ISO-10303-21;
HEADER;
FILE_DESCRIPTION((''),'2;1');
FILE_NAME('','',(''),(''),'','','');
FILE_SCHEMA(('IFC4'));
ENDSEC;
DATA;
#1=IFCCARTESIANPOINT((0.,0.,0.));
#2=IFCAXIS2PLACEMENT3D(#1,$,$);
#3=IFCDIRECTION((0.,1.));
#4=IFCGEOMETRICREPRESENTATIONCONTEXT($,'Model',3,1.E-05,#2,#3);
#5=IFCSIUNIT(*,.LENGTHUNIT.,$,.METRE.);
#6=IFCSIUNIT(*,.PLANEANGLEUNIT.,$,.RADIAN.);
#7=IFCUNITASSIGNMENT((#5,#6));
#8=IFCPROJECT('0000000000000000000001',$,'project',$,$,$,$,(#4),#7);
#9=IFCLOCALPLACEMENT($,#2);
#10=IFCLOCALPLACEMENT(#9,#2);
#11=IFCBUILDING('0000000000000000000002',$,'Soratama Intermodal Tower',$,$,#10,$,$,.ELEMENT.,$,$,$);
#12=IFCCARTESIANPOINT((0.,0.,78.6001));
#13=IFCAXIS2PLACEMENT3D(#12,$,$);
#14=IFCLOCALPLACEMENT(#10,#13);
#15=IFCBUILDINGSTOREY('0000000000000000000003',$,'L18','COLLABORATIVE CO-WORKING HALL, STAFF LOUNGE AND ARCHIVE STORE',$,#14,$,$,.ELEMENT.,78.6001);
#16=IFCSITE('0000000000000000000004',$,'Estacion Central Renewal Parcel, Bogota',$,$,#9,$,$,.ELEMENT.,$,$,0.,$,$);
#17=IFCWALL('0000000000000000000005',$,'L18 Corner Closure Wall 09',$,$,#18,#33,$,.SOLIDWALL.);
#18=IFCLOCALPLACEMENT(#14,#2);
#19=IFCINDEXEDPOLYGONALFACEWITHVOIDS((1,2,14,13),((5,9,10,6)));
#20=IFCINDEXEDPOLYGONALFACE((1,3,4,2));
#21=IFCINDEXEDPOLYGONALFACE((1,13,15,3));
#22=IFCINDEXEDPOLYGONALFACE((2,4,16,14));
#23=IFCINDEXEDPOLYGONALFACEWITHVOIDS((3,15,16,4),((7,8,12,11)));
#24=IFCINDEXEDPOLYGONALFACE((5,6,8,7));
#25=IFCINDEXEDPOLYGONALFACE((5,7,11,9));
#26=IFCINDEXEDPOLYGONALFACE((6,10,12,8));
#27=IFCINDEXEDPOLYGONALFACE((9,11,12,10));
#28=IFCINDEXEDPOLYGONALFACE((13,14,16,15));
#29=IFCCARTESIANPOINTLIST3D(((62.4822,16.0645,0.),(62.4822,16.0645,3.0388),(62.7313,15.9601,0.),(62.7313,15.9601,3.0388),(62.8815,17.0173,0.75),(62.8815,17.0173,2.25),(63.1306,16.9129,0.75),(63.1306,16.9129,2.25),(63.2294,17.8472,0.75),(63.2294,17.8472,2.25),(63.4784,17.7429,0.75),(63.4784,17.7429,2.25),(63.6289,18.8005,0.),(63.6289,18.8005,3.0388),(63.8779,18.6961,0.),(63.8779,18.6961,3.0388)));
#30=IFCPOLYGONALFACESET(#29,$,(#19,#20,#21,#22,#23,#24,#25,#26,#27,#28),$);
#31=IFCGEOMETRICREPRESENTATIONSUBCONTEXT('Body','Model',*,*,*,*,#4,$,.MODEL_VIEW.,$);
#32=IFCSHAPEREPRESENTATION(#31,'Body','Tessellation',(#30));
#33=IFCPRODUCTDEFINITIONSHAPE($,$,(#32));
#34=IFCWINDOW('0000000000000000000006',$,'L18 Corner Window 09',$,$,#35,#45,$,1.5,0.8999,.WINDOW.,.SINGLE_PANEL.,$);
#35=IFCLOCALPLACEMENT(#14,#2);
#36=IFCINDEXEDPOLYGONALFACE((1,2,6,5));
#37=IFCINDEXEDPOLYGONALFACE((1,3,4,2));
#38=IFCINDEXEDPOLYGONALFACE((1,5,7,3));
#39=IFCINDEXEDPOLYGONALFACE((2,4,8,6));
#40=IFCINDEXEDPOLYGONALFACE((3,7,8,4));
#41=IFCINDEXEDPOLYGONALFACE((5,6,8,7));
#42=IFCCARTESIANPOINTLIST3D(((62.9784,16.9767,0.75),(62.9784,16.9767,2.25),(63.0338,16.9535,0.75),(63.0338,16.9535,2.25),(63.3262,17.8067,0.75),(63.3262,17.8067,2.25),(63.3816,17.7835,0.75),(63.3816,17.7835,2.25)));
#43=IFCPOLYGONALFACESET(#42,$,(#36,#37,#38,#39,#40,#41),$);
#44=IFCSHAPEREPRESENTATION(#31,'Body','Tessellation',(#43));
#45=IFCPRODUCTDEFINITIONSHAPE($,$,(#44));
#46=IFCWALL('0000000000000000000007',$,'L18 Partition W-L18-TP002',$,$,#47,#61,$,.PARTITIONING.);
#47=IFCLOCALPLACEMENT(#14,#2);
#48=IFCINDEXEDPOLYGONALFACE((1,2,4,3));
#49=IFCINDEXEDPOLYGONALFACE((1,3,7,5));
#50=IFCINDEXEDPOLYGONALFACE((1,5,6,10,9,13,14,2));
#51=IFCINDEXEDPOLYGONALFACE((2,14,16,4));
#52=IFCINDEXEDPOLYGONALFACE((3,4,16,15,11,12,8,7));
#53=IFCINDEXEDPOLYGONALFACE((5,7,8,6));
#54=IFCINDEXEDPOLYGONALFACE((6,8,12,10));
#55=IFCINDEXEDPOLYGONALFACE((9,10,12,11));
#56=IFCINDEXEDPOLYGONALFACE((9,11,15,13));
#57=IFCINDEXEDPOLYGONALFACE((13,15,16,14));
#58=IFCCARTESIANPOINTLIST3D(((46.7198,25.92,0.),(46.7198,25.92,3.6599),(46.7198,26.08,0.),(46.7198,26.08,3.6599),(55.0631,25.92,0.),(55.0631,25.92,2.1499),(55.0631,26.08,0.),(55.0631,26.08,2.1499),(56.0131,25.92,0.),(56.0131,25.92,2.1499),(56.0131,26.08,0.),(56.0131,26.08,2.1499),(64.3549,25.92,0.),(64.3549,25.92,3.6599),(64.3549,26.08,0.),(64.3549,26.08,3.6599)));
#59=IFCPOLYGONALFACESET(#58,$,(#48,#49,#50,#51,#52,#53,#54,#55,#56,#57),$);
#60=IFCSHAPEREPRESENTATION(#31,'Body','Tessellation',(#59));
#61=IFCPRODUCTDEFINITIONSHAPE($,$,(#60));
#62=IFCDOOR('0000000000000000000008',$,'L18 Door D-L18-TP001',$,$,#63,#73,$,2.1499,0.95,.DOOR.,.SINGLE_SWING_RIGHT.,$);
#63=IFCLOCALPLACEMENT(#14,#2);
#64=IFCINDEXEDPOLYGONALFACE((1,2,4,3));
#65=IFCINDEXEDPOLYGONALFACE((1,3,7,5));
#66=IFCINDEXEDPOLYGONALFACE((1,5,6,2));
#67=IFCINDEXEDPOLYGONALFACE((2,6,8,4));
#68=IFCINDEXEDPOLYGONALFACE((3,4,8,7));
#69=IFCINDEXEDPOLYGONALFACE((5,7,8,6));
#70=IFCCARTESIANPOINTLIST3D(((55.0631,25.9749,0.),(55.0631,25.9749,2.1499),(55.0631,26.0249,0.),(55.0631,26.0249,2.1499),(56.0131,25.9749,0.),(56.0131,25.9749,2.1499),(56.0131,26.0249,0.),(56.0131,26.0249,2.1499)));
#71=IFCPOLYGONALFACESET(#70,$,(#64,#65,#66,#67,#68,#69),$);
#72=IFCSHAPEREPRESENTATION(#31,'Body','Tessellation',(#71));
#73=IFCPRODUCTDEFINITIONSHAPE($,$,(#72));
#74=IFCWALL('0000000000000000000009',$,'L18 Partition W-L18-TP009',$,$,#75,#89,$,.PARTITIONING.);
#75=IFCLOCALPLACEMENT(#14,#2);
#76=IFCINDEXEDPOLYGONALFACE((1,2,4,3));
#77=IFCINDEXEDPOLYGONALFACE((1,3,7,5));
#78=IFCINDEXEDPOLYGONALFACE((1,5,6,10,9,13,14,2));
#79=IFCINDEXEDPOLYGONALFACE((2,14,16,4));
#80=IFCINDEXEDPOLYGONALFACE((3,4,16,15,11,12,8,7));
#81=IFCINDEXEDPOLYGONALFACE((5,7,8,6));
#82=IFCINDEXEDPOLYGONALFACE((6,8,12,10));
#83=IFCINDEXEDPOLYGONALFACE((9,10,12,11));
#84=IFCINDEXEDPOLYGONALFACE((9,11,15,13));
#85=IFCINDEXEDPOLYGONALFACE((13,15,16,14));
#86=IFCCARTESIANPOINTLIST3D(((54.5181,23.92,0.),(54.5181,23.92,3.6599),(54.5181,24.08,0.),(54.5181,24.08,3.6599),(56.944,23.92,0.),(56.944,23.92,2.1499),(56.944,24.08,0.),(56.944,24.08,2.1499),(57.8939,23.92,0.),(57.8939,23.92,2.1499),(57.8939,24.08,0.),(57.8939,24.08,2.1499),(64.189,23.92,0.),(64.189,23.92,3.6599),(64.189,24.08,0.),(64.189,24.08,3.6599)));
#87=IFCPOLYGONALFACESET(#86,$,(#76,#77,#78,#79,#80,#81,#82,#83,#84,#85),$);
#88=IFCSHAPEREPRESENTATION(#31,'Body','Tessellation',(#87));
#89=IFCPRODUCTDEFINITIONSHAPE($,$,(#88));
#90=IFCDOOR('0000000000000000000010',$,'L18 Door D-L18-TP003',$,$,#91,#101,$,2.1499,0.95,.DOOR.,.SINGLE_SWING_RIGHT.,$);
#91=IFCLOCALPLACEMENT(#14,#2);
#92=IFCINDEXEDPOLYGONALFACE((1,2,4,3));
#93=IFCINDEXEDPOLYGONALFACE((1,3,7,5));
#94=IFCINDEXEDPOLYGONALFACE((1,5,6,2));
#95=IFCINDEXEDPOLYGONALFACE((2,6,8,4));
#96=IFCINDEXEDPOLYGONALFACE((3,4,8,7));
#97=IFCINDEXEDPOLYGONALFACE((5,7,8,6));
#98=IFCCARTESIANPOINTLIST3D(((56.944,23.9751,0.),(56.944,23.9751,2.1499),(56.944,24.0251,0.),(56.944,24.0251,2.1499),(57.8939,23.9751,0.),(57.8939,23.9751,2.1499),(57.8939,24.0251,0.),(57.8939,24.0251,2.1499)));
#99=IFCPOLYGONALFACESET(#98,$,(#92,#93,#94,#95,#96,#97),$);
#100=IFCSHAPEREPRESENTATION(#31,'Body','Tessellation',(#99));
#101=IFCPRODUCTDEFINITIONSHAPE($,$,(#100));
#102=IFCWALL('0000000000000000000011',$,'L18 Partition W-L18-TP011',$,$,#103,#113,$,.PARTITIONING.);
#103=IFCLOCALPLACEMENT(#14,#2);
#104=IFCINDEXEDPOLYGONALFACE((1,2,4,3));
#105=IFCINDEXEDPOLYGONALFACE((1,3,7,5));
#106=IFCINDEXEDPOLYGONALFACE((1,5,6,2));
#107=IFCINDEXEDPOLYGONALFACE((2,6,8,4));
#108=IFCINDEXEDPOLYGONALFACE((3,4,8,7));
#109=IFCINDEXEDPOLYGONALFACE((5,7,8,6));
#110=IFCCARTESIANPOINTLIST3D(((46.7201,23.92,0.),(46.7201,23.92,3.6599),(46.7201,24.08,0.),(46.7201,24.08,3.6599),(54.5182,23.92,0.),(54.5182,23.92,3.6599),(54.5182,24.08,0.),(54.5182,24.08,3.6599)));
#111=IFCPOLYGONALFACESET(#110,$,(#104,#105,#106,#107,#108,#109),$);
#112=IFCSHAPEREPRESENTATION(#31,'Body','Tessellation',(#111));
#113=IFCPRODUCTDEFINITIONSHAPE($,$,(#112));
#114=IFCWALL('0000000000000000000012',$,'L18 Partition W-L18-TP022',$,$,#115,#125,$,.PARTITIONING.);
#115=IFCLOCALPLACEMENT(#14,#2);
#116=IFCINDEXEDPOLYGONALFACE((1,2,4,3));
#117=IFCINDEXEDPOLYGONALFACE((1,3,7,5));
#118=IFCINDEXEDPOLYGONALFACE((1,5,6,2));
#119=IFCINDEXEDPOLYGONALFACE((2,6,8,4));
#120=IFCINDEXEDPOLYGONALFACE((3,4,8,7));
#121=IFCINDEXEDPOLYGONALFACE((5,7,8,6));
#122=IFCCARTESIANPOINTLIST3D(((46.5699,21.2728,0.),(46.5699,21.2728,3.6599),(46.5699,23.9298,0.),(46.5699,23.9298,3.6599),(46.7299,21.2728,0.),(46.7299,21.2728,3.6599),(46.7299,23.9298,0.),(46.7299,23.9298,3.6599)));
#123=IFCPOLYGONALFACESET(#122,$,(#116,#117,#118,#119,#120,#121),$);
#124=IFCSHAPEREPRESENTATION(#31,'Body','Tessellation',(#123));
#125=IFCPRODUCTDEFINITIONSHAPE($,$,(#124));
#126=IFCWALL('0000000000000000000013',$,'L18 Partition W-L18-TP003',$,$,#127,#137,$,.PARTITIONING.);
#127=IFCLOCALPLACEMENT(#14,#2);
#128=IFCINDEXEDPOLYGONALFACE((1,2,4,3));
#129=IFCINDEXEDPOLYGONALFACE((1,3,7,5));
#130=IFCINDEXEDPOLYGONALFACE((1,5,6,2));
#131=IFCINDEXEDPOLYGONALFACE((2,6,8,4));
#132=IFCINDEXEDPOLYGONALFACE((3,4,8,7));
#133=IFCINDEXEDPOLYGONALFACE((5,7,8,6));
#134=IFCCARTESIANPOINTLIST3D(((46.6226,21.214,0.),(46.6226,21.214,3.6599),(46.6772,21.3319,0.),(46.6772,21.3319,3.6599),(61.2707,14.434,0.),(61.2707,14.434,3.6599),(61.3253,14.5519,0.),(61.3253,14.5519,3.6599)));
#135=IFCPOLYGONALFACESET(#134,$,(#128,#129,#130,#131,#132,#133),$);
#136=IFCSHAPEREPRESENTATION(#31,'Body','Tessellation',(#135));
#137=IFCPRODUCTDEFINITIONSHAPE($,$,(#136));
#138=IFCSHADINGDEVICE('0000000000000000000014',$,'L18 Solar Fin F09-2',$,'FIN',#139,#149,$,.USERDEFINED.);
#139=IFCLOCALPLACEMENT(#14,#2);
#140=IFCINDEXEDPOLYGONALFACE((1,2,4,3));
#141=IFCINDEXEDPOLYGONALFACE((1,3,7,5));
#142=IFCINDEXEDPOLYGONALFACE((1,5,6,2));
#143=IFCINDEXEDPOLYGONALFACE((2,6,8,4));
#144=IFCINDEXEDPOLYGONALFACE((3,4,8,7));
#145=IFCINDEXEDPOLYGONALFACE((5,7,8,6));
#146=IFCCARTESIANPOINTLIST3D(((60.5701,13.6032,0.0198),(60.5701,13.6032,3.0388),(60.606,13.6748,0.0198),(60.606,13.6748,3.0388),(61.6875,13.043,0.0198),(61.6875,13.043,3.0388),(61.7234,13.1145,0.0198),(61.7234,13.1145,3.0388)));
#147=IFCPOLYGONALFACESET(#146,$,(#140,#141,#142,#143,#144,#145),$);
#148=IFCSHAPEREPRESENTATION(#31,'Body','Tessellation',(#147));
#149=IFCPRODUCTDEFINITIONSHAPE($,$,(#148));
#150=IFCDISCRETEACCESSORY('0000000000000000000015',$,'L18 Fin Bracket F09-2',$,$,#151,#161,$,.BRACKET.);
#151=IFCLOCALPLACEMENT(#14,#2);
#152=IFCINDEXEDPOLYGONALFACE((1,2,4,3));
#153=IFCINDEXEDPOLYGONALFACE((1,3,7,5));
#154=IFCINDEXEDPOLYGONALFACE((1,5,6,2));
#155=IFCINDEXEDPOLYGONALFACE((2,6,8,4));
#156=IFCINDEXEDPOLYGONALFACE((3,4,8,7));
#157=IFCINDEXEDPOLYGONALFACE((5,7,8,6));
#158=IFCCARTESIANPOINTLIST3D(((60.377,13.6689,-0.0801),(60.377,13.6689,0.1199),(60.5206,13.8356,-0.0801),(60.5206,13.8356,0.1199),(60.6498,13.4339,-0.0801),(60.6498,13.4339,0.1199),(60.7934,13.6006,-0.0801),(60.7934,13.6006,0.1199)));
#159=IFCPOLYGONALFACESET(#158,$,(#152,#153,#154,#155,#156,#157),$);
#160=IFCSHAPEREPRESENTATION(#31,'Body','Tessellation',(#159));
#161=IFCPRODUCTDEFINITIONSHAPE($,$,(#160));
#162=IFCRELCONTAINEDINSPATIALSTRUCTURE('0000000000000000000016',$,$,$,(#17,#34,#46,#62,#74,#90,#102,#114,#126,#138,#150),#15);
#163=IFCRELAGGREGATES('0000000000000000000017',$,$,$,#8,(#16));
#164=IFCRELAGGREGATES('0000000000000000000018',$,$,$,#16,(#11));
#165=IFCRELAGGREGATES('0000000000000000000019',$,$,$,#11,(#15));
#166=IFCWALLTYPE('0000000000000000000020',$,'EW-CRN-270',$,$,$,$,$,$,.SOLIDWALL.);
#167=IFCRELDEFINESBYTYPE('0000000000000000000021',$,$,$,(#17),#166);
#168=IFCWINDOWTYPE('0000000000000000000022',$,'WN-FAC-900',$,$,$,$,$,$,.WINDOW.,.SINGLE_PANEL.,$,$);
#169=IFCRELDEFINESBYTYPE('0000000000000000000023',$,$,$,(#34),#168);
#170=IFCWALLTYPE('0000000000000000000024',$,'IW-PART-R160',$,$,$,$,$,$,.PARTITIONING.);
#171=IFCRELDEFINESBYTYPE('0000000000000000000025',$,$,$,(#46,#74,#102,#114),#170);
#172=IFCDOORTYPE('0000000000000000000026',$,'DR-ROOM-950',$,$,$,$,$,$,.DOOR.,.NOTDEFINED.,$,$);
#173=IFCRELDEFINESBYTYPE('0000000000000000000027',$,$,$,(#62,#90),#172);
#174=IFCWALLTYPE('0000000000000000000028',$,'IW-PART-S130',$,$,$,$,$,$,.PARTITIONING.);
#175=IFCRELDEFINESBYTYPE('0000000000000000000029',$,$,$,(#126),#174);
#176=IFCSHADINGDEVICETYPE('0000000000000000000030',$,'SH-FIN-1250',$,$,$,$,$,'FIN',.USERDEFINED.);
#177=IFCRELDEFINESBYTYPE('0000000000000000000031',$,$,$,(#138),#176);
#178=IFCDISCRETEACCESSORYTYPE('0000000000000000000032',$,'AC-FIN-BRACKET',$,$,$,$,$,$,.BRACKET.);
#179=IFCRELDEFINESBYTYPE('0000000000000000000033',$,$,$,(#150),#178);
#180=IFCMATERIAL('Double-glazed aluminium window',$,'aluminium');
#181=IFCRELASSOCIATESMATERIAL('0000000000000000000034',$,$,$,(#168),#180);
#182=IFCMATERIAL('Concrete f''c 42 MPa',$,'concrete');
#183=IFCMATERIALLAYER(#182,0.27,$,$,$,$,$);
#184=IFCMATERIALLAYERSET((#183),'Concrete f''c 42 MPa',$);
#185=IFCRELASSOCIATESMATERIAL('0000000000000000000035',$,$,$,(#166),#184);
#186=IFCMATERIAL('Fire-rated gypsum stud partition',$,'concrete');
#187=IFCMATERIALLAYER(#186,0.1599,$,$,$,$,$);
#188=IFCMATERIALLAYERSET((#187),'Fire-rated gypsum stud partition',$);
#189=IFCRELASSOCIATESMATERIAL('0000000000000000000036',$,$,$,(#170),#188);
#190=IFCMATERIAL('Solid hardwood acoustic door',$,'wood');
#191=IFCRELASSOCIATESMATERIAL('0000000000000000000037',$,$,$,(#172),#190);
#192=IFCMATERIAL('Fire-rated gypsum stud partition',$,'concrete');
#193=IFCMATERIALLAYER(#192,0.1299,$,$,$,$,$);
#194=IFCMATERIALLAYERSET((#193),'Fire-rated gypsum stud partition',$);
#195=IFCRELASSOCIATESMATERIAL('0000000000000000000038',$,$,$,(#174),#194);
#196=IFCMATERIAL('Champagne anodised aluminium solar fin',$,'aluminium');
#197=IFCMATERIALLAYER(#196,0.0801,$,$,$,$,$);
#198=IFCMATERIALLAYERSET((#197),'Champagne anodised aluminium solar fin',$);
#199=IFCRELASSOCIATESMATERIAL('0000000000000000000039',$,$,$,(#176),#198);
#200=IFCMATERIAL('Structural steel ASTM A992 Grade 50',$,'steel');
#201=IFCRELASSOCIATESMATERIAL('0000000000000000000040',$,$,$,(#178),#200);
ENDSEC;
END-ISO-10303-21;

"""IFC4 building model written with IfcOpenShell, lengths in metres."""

from ifc_helpers import new_model, si_unit, direction, frame, frame_2d, origin, origin_2d, place, context, subcontext, project, spatial, rectangle, extrude, material, layer, layer_set, type_object, element, fill, save


model = new_model("IFC4")

# Units and contexts
model_context = context("Model", 3, precision=1e-05, world=origin(), true_north=direction((0.0, 1.0)))
body_context = subcontext(model_context, "Body", "Model", "MODEL_VIEW")
ifc_project = project(units=[si_unit("LENGTHUNIT", "METRE"), si_unit("PLANEANGLEUNIT", "RADIAN")], contexts=[model_context])

# Site, building, storey
site_placement = place(None, origin())
site = spatial("IfcSite", under=ifc_project, at=site_placement, Name="Estacion Central Renewal Parcel, Bogota", CompositionType="ELEMENT", RefElevation=0.0)
building_placement = place(site_placement, origin())
building = spatial("IfcBuilding", under=site, at=building_placement, Name="Soratama Intermodal Tower", CompositionType="ELEMENT")
storey_placement = place(building_placement, frame((0.0, 0.0, 78.6001)))
storey = spatial("IfcBuildingStorey", under=building, at=storey_placement, Name="L18", Description="COLLABORATIVE CO-WORKING HALL, STAFF LOUNGE AND ARCHIVE STORE", CompositionType="ELEMENT", Elevation=78.6001)

# Shared definitions
ifc_material_1 = material(Name="Double-glazed aluminium window", Category="aluminium")
window_type = type_object("IfcWindowType", Name="WN-FAC-900", PartitioningType="SINGLE_PANEL", PredefinedType="WINDOW", material=ifc_material_1)

# Wall, opening, window
ifc_material_2 = material(Name="Concrete f'c 42 MPa", Category="concrete")
ifc_layer_1 = layer(ifc_material_2, 0.27)
ifc_layer_set_1 = layer_set([ifc_layer_1], Name="Concrete f'c 42 MPa")
wall_type_1 = type_object("IfcWallType", Name="EW-CRN-270", PredefinedType="SOLIDWALL", material=ifc_layer_set_1)
wall_1_placement = place(storey_placement, frame((62.6067, 16.0122, 0.0), z_axis=(0.0, 0.0, 1.0), x_axis=(0.386537, 0.922274, 0.0)))
wall_1 = element("IfcWall", 1, at=wall_1_placement, inside=storey, type_object=wall_type_1, Name="L18 Corner Closure Wall 09", PredefinedType="SOLIDWALL", context=body_context, shape_type="SweptSolid", body=[
    extrude(rectangle(XDim=2.9666, YDim=0.27, at=frame_2d((1.4834, 0.0))), origin(), (0.0, 0.0, 1.0), 3.0388),
])
opening_1_placement = place(wall_1_placement, frame((1.0332, 0.0, 0.75)))
opening_1 = element("IfcOpeningElement", 2, at=opening_1_placement, cuts=wall_1, PredefinedType="OPENING", context=body_context, shape_type="SweptSolid", body=[
    extrude(rectangle(XDim=0.8999, YDim=1.5, at=frame_2d((0.45, 0.75))), frame((0.0, 0.145, 0.0), z_axis=(0.0, -1.0, 0.0), x_axis=(1.0, 0.0, 0.0)), (0.0, 0.0, 1.0), 0.29),
])
window_1_placement = place(opening_1_placement, origin())
window_1 = element("IfcWindow", 3, at=window_1_placement, inside=storey, type_object=window_type, Name="L18 Corner Window 09", OverallHeight=1.5, OverallWidth=0.8999, PartitioningType="SINGLE_PANEL", PredefinedType="WINDOW", context=body_context, shape_type="SweptSolid", body=[
    extrude(rectangle(XDim=0.8999, YDim=1.5, at=frame_2d((0.45, 0.75))), frame((0.0, 0.03, 0.0), z_axis=(0.0, -1.0, 0.0), x_axis=(1.0, 0.0, 0.0)), (0.0, 0.0, 1.0), 0.0601),
])
fill(opening_1, window_1)

# Walls, openings, doors
ifc_material_3 = material(Name="Fire-rated gypsum stud partition", Category="concrete")
ifc_layer_2 = layer(ifc_material_3, 0.1599)
ifc_layer_set_2 = layer_set([ifc_layer_2], Name="Fire-rated gypsum stud partition")
wall_type_2 = type_object("IfcWallType", Name="IW-PART-R160", PredefinedType="PARTITIONING", material=ifc_layer_set_2)
wall_2_placement = place(storey_placement, frame((46.72, 26.0, 0.0), z_axis=(0.0, 0.0, 1.0), x_axis=(1.0, 0.0, 0.0)))
wall_2 = element("IfcWall", 4, at=wall_2_placement, inside=storey, type_object=wall_type_2, Name="L18 Partition W-L18-TP002", PredefinedType="PARTITIONING", context=body_context, shape_type="SweptSolid", body=[
    extrude(rectangle(XDim=17.635, YDim=0.1599, at=frame_2d((8.8174, 0.0))), origin(), (0.0, 0.0, 1.0), 3.6599),
])
opening_2_placement = place(wall_2_placement, frame((8.343, 0.0, 0.0)))
opening_2 = element("IfcOpeningElement", 5, at=opening_2_placement, cuts=wall_2, PredefinedType="OPENING", context=body_context, shape_type="SweptSolid", body=[
    extrude(rectangle(XDim=0.95, YDim=2.1499, at=frame_2d((0.4751, 1.075))), frame((0.0, 0.0898, 0.0), z_axis=(0.0, -1.0, 0.0), x_axis=(1.0, 0.0, 0.0)), (0.0, 0.0, 1.0), 0.1799),
])
ifc_material_4 = material(Name="Solid hardwood acoustic door", Category="wood")
door_type_1 = type_object("IfcDoorType", Name="DR-ROOM-950", OperationType="NOTDEFINED", PredefinedType="DOOR", material=ifc_material_4)
door_1_placement = place(opening_2_placement, origin())
door_1 = element("IfcDoor", 6, at=door_1_placement, inside=storey, type_object=door_type_1, Name="L18 Door D-L18-TP001", OperationType="SINGLE_SWING_RIGHT", OverallHeight=2.1499, OverallWidth=0.95, PredefinedType="DOOR", context=body_context, shape_type="SweptSolid", body=[
    extrude(rectangle(XDim=0.95, YDim=2.1499, at=frame_2d((0.4751, 1.075))), frame((0.0, 0.0249, 0.0), z_axis=(0.0, -1.0, 0.0), x_axis=(1.0, 0.0, 0.0)), (0.0, 0.0, 1.0), 0.05),
])
fill(opening_2, door_1)
wall_3_placement = place(storey_placement, frame((64.189, 24.0, 0.0), z_axis=(0.0, 0.0, 1.0), x_axis=(-1.0, 0.0, 0.0)))
wall_3 = element("IfcWall", 7, at=wall_3_placement, inside=storey, type_object=wall_type_2, Name="L18 Partition W-L18-TP009", PredefinedType="PARTITIONING", context=body_context, shape_type="SweptSolid", body=[
    extrude(rectangle(XDim=9.6709, YDim=0.1599, at=frame_2d((4.8354, 0.0))), origin(), (0.0, 0.0, 1.0), 3.6599),
])
opening_3_placement = place(wall_3_placement, frame((6.2949, 0.0, 0.0)))
opening_3 = element("IfcOpeningElement", 8, at=opening_3_placement, cuts=wall_3, PredefinedType="OPENING", context=body_context, shape_type="SweptSolid", body=[
    extrude(rectangle(XDim=0.95, YDim=2.1499, at=frame_2d((0.4751, 1.075))), frame((0.0, 0.0898, 0.0), z_axis=(0.0, -1.0, 0.0), x_axis=(1.0, 0.0, 0.0)), (0.0, 0.0, 1.0), 0.1799),
])
door_2_placement = place(opening_3_placement, origin())
door_2 = element("IfcDoor", 9, at=door_2_placement, inside=storey, type_object=door_type_1, Name="L18 Door D-L18-TP003", OperationType="SINGLE_SWING_RIGHT", OverallHeight=2.1499, OverallWidth=0.95, PredefinedType="DOOR", context=body_context, shape_type="SweptSolid", body=[
    extrude(rectangle(XDim=0.95, YDim=2.1499, at=frame_2d((0.4751, 1.075))), frame((0.0, 0.0249, 0.0), z_axis=(0.0, -1.0, 0.0), x_axis=(1.0, 0.0, 0.0)), (0.0, 0.0, 1.0), 0.05),
])
fill(opening_3, door_2)

# Walls
wall_4_placement = place(storey_placement, frame((54.5181, 24.0, 0.0), z_axis=(0.0, 0.0, 1.0), x_axis=(-1.0, 0.0, 0.0)))
element("IfcWall", 10, at=wall_4_placement, inside=storey, type_object=wall_type_2, Name="L18 Partition W-L18-TP011", PredefinedType="PARTITIONING", context=body_context, shape_type="SweptSolid", body=[
    extrude(rectangle(XDim=7.7981, YDim=0.1599, at=frame_2d((3.8989, 0.0))), origin(), (0.0, 0.0, 1.0), 3.6599),
])
wall_5_placement = place(storey_placement, frame((46.6499, 23.9299, 0.0), z_axis=(0.0, 0.0, 1.0), x_axis=(0.0, -1.0, 0.0)))
element("IfcWall", 11, at=wall_5_placement, inside=storey, type_object=wall_type_2, Name="L18 Partition W-L18-TP022", PredefinedType="PARTITIONING", context=body_context, shape_type="SweptSolid", body=[
    extrude(rectangle(XDim=2.657, YDim=0.1599, at=frame_2d((1.3286, 0.0))), origin(), (0.0, 0.0, 1.0), 3.6599),
])

# Wall
ifc_material_5 = material(Name="Fire-rated gypsum stud partition", Category="concrete")
ifc_layer_3 = layer(ifc_material_5, 0.1299)
ifc_layer_set_3 = layer_set([ifc_layer_3], Name="Fire-rated gypsum stud partition")
wall_type_3 = type_object("IfcWallType", Name="IW-PART-S130", PredefinedType="PARTITIONING", material=ifc_layer_set_3)
wall_6_placement = place(storey_placement, frame((46.6499, 21.2729, 0.0), z_axis=(0.0, 0.0, 1.0), x_axis=(0.907503, -0.420045, 0.0)))
element("IfcWall", 12, at=wall_6_placement, inside=storey, type_object=wall_type_3, Name="L18 Partition W-L18-TP003", PredefinedType="PARTITIONING", context=body_context, shape_type="SweptSolid", body=[
    extrude(rectangle(XDim=16.1411, YDim=0.1299, at=frame_2d((8.0706, 0.0))), origin(), (0.0, 0.0, 1.0), 3.6599),
])

# Shading device
ifc_material_6 = material(Name="Champagne anodised aluminium solar fin", Category="aluminium")
ifc_layer_4 = layer(ifc_material_6, 0.0801)
ifc_layer_set_4 = layer_set([ifc_layer_4], Name="Champagne anodised aluminium solar fin")
shading_device_type = type_object("IfcShadingDeviceType", Name="SH-FIN-1250", ElementType="FIN", PredefinedType="USERDEFINED", material=ifc_layer_set_4)
shading_device_placement = place(storey_placement, frame((61.1467, 13.3589, 0.0198), z_axis=(0.0, 0.0, 1.0), x_axis=(0.89392, -0.448227, 0.0)))
element("IfcShadingDevice", 13, at=shading_device_placement, inside=storey, type_object=shading_device_type, Name="L18 Solar Fin F09-2", ObjectType="FIN", PredefinedType="USERDEFINED", context=body_context, shape_type="SweptSolid", body=[
    extrude(rectangle(XDim=1.25, YDim=0.0801, at=origin_2d()), origin(), (0.0, 0.0, 1.0), 3.019),
])

# Discrete accessory
ifc_material_7 = material(Name="Structural steel ASTM A992 Grade 50", Category="steel")
discrete_accessory_type_1 = type_object("IfcDiscreteAccessoryType", Name="AC-FIN-BRACKET", PredefinedType="BRACKET", material=ifc_material_7)
discrete_accessory_1_placement = place(storey_placement, frame((60.5852, 13.6348, -0.0801), z_axis=(0.0, 0.0, 1.0), x_axis=(0.757679, -0.652628, 0.0)))
element("IfcDiscreteAccessory", 14, at=discrete_accessory_1_placement, inside=storey, type_object=discrete_accessory_type_1, Name="L18 Fin Bracket F09-2", PredefinedType="BRACKET", context=body_context, shape_type="SweptSolid", body=[
    extrude(rectangle(XDim=0.3601, YDim=0.22, at=origin_2d()), origin(), (0.0, 0.0, 1.0), 0.2),
])

save(model, "model.ifc")
